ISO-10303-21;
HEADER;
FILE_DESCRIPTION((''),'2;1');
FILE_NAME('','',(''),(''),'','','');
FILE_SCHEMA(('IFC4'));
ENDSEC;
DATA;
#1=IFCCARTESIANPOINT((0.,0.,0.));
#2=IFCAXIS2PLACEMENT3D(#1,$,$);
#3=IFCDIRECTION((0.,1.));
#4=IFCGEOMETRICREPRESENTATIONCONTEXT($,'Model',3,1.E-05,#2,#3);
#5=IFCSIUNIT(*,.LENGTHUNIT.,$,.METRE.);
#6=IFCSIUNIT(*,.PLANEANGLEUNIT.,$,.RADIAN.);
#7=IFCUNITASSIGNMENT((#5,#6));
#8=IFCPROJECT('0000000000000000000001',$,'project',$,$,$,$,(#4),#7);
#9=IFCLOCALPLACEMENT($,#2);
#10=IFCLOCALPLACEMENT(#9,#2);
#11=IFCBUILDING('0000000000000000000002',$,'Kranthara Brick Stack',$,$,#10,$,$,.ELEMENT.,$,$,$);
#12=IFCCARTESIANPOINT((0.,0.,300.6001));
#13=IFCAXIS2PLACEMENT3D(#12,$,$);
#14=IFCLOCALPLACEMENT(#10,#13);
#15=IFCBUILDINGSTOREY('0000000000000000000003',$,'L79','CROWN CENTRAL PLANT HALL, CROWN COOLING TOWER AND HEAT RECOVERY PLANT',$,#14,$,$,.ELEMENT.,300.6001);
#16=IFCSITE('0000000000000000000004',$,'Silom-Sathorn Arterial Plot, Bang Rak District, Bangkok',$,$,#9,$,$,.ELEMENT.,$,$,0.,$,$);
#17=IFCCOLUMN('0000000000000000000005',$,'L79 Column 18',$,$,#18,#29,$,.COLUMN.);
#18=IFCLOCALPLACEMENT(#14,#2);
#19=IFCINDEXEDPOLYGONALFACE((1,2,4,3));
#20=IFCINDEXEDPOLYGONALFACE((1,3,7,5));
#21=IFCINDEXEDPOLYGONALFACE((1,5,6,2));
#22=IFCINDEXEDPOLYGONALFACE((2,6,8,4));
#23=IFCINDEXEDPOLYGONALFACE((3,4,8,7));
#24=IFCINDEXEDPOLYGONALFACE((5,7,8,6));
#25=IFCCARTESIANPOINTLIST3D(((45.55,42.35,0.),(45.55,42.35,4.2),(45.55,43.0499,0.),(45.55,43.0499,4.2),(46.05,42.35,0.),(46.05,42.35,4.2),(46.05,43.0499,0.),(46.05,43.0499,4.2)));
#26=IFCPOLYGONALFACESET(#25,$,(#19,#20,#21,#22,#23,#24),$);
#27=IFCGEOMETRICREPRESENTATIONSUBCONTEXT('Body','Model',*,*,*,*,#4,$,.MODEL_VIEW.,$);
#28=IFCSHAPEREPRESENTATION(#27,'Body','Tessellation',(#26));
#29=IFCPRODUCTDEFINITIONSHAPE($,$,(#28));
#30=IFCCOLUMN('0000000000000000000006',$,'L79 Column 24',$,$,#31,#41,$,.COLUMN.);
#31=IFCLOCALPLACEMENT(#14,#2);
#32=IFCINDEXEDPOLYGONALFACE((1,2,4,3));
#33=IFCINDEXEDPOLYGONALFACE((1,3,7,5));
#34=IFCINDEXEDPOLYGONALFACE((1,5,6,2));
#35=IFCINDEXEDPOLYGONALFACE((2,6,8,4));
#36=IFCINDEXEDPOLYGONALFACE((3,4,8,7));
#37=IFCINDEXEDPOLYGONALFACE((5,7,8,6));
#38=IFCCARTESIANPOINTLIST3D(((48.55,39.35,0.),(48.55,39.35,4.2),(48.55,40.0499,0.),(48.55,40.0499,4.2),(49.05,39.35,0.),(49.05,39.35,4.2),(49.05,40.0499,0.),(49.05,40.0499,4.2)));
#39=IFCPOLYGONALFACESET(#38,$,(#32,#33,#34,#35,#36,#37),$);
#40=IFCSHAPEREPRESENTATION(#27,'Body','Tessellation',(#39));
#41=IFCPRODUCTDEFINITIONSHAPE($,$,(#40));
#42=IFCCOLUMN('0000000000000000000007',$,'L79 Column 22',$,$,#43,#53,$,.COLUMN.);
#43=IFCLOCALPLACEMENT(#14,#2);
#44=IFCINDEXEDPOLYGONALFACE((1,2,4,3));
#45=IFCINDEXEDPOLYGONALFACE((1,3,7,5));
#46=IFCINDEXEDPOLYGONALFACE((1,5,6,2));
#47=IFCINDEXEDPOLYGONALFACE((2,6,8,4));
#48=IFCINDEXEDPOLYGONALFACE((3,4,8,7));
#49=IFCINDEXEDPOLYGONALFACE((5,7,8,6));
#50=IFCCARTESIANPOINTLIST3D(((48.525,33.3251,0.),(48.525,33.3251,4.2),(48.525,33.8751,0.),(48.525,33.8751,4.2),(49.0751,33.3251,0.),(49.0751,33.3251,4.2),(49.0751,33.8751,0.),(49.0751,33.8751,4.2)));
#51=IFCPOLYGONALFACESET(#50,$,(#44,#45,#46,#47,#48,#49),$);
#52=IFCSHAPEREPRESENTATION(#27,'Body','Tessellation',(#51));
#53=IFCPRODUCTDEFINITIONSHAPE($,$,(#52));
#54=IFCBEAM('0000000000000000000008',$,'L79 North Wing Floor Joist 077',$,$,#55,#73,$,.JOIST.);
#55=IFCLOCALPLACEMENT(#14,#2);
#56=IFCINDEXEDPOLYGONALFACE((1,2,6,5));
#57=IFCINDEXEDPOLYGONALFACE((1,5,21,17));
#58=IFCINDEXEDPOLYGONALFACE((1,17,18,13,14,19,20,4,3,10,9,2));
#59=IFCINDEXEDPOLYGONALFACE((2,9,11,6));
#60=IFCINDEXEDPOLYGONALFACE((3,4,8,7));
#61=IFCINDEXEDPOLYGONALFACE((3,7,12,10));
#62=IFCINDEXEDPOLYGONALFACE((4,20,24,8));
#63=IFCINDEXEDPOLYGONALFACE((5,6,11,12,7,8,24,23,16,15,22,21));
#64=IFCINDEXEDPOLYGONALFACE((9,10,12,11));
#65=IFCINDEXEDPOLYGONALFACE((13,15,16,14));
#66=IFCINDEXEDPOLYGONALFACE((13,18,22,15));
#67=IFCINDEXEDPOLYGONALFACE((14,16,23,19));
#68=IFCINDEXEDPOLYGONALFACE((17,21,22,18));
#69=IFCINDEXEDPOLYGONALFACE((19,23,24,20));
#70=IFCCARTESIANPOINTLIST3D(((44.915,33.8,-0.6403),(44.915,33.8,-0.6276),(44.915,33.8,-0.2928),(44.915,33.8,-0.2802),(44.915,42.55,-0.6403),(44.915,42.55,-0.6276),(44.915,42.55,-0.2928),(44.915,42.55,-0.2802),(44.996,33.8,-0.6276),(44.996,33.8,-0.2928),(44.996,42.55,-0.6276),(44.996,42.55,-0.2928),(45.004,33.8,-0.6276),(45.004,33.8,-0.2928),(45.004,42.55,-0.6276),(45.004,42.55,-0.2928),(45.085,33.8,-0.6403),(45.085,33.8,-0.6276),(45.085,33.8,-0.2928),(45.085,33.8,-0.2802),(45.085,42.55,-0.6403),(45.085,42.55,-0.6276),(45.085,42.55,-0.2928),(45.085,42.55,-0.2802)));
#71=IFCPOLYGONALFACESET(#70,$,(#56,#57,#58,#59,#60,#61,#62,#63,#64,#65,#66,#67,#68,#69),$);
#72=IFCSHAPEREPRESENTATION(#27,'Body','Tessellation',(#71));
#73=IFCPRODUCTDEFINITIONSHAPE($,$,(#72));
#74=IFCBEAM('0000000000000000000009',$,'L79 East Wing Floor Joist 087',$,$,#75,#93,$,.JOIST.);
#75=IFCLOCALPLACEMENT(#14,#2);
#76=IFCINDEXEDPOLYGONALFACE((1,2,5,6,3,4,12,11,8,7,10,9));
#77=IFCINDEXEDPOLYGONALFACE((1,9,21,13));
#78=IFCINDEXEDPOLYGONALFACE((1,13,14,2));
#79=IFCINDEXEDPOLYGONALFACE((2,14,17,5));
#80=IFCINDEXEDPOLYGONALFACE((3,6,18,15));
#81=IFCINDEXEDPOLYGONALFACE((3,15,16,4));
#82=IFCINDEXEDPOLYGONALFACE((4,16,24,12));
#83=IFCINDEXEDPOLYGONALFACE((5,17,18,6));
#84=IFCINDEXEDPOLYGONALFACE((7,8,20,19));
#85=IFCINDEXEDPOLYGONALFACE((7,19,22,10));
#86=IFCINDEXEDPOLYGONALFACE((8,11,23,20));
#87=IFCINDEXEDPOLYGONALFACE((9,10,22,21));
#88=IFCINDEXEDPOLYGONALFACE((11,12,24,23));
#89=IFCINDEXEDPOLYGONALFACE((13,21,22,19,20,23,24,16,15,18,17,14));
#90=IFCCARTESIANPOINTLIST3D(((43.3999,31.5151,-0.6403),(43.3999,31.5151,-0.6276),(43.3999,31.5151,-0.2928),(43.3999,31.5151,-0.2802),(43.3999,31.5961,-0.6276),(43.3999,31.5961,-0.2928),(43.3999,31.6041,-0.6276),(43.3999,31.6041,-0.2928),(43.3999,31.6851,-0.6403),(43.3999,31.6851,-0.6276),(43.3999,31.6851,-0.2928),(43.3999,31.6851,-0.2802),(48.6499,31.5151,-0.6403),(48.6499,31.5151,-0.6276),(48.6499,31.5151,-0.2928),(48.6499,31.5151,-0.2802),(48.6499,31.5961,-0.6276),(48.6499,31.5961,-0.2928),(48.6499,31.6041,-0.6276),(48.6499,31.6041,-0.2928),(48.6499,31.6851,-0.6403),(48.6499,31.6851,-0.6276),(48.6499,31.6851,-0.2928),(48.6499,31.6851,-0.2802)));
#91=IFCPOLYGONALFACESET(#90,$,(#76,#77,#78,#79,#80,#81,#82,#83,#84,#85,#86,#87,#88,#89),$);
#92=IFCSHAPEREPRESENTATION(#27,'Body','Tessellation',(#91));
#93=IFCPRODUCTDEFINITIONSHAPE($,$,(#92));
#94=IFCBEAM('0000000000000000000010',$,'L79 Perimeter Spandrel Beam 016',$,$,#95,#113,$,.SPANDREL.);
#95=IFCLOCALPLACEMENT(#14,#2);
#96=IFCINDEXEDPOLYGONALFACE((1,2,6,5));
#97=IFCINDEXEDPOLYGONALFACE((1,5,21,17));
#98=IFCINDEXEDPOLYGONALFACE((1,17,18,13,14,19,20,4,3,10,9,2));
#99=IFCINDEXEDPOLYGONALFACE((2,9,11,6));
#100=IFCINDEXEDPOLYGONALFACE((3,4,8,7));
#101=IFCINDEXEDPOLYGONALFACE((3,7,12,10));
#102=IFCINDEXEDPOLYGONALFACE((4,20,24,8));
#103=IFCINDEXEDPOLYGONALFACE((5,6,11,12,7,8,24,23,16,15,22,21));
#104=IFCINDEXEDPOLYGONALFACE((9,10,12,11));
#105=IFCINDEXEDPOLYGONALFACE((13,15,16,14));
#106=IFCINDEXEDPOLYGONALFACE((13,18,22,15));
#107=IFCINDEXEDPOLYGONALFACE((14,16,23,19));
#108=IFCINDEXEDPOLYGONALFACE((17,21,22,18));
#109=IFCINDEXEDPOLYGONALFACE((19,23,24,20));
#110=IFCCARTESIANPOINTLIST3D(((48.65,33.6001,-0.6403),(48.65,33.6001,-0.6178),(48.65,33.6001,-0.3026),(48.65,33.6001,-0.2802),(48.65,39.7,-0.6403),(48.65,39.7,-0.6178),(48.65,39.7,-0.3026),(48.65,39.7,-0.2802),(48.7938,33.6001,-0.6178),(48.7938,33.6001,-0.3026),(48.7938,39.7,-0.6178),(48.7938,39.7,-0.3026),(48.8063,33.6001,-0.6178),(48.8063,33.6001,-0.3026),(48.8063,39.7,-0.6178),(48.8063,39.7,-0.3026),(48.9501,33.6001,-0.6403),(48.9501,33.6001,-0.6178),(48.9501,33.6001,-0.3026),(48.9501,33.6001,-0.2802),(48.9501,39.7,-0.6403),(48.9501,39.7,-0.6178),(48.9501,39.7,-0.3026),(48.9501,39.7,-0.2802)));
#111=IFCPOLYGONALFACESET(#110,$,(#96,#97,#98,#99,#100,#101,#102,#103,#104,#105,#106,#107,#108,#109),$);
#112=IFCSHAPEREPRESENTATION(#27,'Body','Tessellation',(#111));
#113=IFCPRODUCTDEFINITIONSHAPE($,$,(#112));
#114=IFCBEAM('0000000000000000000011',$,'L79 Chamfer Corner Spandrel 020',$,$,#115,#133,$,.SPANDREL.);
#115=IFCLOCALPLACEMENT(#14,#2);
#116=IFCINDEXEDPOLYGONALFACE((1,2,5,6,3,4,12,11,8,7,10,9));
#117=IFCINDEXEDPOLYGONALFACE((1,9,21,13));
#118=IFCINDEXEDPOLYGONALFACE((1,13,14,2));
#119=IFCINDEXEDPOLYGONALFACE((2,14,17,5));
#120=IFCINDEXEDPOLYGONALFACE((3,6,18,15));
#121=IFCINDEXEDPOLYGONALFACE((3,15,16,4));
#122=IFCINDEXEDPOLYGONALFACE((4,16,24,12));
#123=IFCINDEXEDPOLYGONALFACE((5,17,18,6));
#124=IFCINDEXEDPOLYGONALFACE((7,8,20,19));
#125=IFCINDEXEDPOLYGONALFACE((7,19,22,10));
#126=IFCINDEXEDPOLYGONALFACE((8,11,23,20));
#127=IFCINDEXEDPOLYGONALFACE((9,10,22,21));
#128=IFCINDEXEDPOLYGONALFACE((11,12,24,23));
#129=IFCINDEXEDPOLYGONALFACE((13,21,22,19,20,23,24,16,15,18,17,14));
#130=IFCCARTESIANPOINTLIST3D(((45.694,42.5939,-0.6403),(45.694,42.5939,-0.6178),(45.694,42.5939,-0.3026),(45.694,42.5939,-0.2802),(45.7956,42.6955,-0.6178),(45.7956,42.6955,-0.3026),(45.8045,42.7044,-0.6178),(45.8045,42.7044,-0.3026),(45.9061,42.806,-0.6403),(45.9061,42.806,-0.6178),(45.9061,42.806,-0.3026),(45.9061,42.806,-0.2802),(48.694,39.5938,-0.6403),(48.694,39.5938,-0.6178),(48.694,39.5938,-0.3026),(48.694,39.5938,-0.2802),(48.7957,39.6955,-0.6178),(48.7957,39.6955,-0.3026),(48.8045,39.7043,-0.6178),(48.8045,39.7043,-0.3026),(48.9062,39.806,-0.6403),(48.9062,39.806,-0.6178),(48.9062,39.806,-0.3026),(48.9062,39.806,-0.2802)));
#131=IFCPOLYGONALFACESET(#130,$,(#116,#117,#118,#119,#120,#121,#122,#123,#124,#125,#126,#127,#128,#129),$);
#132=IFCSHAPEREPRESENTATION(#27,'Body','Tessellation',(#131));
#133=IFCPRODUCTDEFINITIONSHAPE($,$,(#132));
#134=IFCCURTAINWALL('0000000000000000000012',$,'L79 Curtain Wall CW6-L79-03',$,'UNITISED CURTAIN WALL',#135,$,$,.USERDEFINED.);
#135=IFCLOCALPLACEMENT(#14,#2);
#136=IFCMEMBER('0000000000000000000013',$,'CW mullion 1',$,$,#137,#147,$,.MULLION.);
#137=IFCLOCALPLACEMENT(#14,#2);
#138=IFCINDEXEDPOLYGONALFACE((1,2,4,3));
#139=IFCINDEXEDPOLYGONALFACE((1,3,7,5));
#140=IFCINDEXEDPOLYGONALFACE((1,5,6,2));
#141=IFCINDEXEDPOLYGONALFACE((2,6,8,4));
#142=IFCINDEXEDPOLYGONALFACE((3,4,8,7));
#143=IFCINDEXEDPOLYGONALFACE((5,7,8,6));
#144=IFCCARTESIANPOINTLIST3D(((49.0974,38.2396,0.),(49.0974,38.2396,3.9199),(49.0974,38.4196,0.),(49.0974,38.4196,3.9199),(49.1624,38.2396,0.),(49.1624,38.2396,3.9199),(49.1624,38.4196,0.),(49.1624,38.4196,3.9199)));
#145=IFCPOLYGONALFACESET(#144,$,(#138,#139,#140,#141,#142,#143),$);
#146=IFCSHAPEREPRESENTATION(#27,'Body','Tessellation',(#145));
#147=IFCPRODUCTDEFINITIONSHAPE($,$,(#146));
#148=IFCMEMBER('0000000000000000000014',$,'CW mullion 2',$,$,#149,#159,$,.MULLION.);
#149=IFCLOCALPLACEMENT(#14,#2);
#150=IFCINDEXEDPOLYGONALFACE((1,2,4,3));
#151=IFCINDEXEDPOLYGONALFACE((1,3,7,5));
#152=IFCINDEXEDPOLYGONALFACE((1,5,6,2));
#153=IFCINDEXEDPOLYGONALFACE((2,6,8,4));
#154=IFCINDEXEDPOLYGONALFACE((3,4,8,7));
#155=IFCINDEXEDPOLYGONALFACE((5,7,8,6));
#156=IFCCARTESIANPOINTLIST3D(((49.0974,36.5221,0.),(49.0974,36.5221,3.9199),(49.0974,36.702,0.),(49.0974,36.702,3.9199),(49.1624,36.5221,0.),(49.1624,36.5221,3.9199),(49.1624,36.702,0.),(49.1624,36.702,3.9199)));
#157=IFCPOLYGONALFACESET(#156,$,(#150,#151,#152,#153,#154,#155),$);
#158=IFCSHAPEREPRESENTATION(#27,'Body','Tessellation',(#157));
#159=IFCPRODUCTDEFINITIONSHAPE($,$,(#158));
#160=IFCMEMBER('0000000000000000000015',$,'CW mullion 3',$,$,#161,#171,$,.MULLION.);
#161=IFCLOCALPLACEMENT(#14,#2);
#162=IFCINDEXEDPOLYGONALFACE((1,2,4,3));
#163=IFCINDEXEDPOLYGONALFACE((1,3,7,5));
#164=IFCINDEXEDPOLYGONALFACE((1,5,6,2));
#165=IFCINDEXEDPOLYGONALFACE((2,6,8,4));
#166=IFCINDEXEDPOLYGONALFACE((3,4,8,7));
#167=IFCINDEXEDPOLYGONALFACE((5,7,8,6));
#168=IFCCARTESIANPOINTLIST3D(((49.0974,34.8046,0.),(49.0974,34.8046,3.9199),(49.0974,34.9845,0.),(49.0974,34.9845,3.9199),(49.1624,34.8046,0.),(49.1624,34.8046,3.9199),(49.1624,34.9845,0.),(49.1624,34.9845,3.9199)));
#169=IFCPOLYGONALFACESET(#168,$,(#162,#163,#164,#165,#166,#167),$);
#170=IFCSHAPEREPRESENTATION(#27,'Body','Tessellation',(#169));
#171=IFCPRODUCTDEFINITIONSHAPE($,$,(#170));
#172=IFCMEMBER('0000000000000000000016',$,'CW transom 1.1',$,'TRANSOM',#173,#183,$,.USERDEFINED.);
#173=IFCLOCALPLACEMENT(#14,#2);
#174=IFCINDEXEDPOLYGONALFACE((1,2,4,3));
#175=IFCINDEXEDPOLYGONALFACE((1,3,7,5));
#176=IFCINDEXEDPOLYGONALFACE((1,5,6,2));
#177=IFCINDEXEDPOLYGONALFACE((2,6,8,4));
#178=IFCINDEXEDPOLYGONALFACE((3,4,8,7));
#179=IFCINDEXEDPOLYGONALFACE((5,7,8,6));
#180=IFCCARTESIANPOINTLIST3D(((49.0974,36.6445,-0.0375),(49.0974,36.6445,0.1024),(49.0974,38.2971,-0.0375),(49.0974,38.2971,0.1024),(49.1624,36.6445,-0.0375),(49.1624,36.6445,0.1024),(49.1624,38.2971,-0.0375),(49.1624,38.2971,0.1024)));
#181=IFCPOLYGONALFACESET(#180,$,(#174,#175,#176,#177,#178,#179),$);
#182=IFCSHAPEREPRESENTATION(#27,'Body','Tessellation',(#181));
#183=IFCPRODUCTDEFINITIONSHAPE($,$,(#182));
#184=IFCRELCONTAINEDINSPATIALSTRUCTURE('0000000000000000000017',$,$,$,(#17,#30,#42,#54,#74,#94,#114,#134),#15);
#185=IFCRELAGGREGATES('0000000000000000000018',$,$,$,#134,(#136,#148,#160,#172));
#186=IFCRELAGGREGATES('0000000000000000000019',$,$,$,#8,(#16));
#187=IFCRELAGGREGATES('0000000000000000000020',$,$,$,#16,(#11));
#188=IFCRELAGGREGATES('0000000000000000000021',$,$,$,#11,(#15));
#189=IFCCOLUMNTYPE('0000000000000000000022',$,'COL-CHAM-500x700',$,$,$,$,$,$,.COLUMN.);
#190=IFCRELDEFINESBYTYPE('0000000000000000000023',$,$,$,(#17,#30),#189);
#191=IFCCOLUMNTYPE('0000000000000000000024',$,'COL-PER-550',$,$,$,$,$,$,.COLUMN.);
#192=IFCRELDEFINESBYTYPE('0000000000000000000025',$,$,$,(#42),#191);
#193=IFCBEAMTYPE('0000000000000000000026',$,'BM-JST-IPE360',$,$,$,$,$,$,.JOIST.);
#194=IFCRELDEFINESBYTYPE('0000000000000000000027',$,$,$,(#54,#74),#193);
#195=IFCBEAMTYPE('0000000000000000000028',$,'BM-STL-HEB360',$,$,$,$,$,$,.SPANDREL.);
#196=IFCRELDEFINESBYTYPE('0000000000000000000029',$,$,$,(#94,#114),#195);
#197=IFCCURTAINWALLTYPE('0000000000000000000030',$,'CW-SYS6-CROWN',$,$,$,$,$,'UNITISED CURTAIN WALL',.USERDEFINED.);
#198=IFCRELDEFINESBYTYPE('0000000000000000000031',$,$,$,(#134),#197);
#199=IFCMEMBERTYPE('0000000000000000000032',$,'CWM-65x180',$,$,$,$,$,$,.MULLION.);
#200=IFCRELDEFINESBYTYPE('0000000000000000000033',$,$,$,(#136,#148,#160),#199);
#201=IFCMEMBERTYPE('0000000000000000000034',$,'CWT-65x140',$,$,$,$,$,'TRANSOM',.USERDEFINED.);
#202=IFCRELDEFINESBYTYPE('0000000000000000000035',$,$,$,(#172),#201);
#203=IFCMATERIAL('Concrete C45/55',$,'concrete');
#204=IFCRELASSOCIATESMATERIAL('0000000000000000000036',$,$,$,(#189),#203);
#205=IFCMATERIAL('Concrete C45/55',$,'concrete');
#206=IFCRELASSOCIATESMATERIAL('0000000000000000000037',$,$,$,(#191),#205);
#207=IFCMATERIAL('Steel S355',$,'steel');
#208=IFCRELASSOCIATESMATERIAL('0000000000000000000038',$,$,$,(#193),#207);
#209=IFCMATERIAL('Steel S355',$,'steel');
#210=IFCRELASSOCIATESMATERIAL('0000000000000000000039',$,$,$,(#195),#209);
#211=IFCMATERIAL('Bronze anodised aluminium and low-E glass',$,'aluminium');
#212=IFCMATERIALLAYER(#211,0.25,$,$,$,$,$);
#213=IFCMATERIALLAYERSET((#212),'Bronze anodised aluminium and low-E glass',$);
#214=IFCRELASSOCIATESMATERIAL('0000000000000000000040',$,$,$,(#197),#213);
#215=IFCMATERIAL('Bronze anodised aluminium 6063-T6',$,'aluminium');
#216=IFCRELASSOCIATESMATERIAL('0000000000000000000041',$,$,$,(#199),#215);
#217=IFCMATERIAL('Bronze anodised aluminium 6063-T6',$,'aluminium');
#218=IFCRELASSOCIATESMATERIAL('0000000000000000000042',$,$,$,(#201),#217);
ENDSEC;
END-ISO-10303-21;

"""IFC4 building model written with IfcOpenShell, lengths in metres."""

from ifc_helpers import new_model, si_unit, direction, frame, origin, origin_2d, place, context, subcontext, project, spatial, rectangle, i_section, extrude, material, layer, layer_set, material_profile, profile_set, type_object, element, aggregate, save


model = new_model("IFC4")

# Units and contexts
model_context = context("Model", 3, precision=1e-05, world=origin(), true_north=direction((0.0, 1.0)))
body_context = subcontext(model_context, "Body", "Model", "MODEL_VIEW")
ifc_project = project(units=[si_unit("LENGTHUNIT", "METRE"), si_unit("PLANEANGLEUNIT", "RADIAN")], contexts=[model_context])

# Site, building, storey
site_placement = place(None, origin())
site = spatial("IfcSite", under=ifc_project, at=site_placement, Name="Silom-Sathorn Arterial Plot, Bang Rak District, Bangkok", CompositionType="ELEMENT", RefElevation=0.0)
building_placement = place(site_placement, origin())
building = spatial("IfcBuilding", under=site, at=building_placement, Name="Kranthara Brick Stack", CompositionType="ELEMENT")
storey_placement = place(building_placement, frame((0.0, 0.0, 300.6001)))
storey = spatial("IfcBuildingStorey", under=building, at=storey_placement, Name="L79", Description="CROWN CENTRAL PLANT HALL, CROWN COOLING TOWER AND HEAT RECOVERY PLANT", CompositionType="ELEMENT", Elevation=300.6001)

# Columns
ifc_material_1 = material(Name="Concrete C45/55", Category="concrete")
ifc_material_profile_1 = material_profile(ifc_material_1, rectangle(XDim=0.5, YDim=0.7, at=origin_2d()), Name="RC 500x700")
ifc_profile_set_1 = profile_set([ifc_material_profile_1], Name="Concrete C45/55")
column_type_1 = type_object("IfcColumnType", Name="COL-CHAM-500x700", PredefinedType="COLUMN", material=ifc_profile_set_1)
for number, where, z_axis, x_axis, name in (
    (1, (45.8, 42.7, 0.0), (0.0, 0.0, 1.0), (1.0, 0.0, 0.0), "L79 Column 18"),
    (2, (48.8, 39.7, 0.0), (0.0, 0.0, 1.0), (1.0, 0.0, 0.0), "L79 Column 24"),
):
    element("IfcColumn", number, at=place(storey_placement, frame(where, z_axis=z_axis, x_axis=x_axis)), inside=storey, type_object=column_type_1, Name=name, PredefinedType="COLUMN", context=body_context, shape_type="SweptSolid", body=[
        extrude(rectangle(XDim=0.5, YDim=0.7, at=origin_2d()), origin(), (0.0, 0.0, 1.0), 4.2),
    ])
ifc_material_2 = material(Name="Concrete C45/55", Category="concrete")
ifc_material_profile_2 = material_profile(ifc_material_2, rectangle(XDim=0.55, YDim=0.55, at=origin_2d()), Name="RC 550x550")
ifc_profile_set_2 = profile_set([ifc_material_profile_2], Name="Concrete C45/55")
column_type_2 = type_object("IfcColumnType", Name="COL-PER-550", PredefinedType="COLUMN", material=ifc_profile_set_2)
column_placement = place(storey_placement, frame((48.8, 33.6001, 0.0), z_axis=(0.0, 0.0, 1.0), x_axis=(1.0, 0.0, 0.0)))
element("IfcColumn", 3, at=column_placement, inside=storey, type_object=column_type_2, Name="L79 Column 22", PredefinedType="COLUMN", context=body_context, shape_type="SweptSolid", body=[
    extrude(rectangle(XDim=0.55, YDim=0.55, at=origin_2d()), origin(), (0.0, 0.0, 1.0), 4.2),
])

# Beams
ifc_material_3 = material(Name="Steel S355", Category="steel")
ifc_material_profile_3 = material_profile(ifc_material_3, i_section(OverallWidth=0.1699, OverallDepth=0.3601, WebThickness=0.0081, FlangeThickness=0.0127, at=origin_2d()), Name="IPE 360")
ifc_profile_set_3 = profile_set([ifc_material_profile_3], Name="Steel S355")
beam_type_1 = type_object("IfcBeamType", Name="BM-JST-IPE360", PredefinedType="JOIST", material=ifc_profile_set_3)
beam_1_placement = place(storey_placement, frame((45.0, 33.8, -0.4602), z_axis=(0.0, 1.0, 0.0), x_axis=(-1.0, 0.0, 0.0)))
element("IfcBeam", 4, at=beam_1_placement, inside=storey, type_object=beam_type_1, Name="L79 North Wing Floor Joist 077", PredefinedType="JOIST", context=body_context, shape_type="SweptSolid", body=[
    extrude(i_section(OverallWidth=0.1699, OverallDepth=0.3601, WebThickness=0.0081, FlangeThickness=0.0127, at=origin_2d()), origin(), (0.0, 0.0, 1.0), 8.75),
])
beam_2_placement = place(storey_placement, frame((43.3999, 31.6001, -0.4602), z_axis=(1.0, 0.0, 0.0), x_axis=(0.0, 1.0, 0.0)))
element("IfcBeam", 5, at=beam_2_placement, inside=storey, type_object=beam_type_1, Name="L79 East Wing Floor Joist 087", PredefinedType="JOIST", context=body_context, shape_type="SweptSolid", body=[
    extrude(i_section(OverallWidth=0.1699, OverallDepth=0.3601, WebThickness=0.0081, FlangeThickness=0.0127, at=origin_2d()), origin(), (0.0, 0.0, 1.0), 5.25),
])
ifc_material_4 = material(Name="Steel S355", Category="steel")
ifc_material_profile_4 = material_profile(ifc_material_4, i_section(OverallWidth=0.3, OverallDepth=0.3601, WebThickness=0.0125, FlangeThickness=0.0225, at=origin_2d()), Name="HEB 360")
ifc_profile_set_4 = profile_set([ifc_material_profile_4], Name="Steel S355")
beam_type_2 = type_object("IfcBeamType", Name="BM-STL-HEB360", PredefinedType="SPANDREL", material=ifc_profile_set_4)
beam_3_placement = place(storey_placement, frame((48.8, 33.6001, -0.4602), z_axis=(0.0, 1.0, 0.0), x_axis=(-1.0, 0.0, 0.0)))
element("IfcBeam", 6, at=beam_3_placement, inside=storey, type_object=beam_type_2, Name="L79 Perimeter Spandrel Beam 016", PredefinedType="SPANDREL", context=body_context, shape_type="SweptSolid", body=[
    extrude(i_section(OverallWidth=0.3, OverallDepth=0.3601, WebThickness=0.0125, FlangeThickness=0.0225, at=origin_2d()), origin(), (0.0, 0.0, 1.0), 6.0999),
])
beam_4_placement = place(storey_placement, frame((45.8, 42.7, -0.4602), z_axis=(0.707107, -0.707107, 0.0), x_axis=(0.707107, 0.707107, 0.0)))
element("IfcBeam", 7, at=beam_4_placement, inside=storey, type_object=beam_type_2, Name="L79 Chamfer Corner Spandrel 020", PredefinedType="SPANDREL", context=body_context, shape_type="SweptSolid", body=[
    extrude(i_section(OverallWidth=0.3, OverallDepth=0.3601, WebThickness=0.0125, FlangeThickness=0.0225, at=origin_2d()), origin(), (0.0, 0.0, 1.0), 4.2427),
])

# Curtain wall, members
ifc_material_5 = material(Name="Bronze anodised aluminium and low-E glass", Category="aluminium")
ifc_layer_1 = layer(ifc_material_5, 0.25)
ifc_layer_set_1 = layer_set([ifc_layer_1], Name="Bronze anodised aluminium and low-E glass")
curtain_wall_type = type_object("IfcCurtainWallType", Name="CW-SYS6-CROWN", ElementType="UNITISED CURTAIN WALL", PredefinedType="USERDEFINED", material=ifc_layer_set_1)
curtain_wall_placement = place(storey_placement, origin())
curtain_wall = element("IfcCurtainWall", 8, at=curtain_wall_placement, inside=storey, type_object=curtain_wall_type, Name="L79 Curtain Wall CW6-L79-03", ObjectType="UNITISED CURTAIN WALL", PredefinedType="USERDEFINED")
ifc_material_6 = material(Name="Bronze anodised aluminium 6063-T6", Category="aluminium")
ifc_material_profile_5 = material_profile(ifc_material_6, rectangle(XDim=0.0649, YDim=0.1799, at=origin_2d()), Name="ALU MULLION 65x180")
ifc_profile_set_5 = profile_set([ifc_material_profile_5], Name="Bronze anodised aluminium 6063-T6")
member_type_1 = type_object("IfcMemberType", Name="CWM-65x180", PredefinedType="MULLION", material=ifc_profile_set_5)
member_1_placement = place(storey_placement, frame((49.1299, 38.3296, 0.0), z_axis=(0.0, 0.0, 1.0), x_axis=(1.0, 0.0, 0.0)))
member_1 = element("IfcMember", 9, at=member_1_placement, type_object=member_type_1, Name="CW mullion 1", PredefinedType="MULLION", context=body_context, shape_type="SweptSolid", body=[
    extrude(rectangle(XDim=0.0649, YDim=0.1799, at=origin_2d()), origin(), (0.0, 0.0, 1.0), 3.9199),
])
member_2_placement = place(storey_placement, frame((49.1299, 36.6121, 0.0), z_axis=(0.0, 0.0, 1.0), x_axis=(1.0, 0.0, 0.0)))
member_2 = element("IfcMember", 10, at=member_2_placement, type_object=member_type_1, Name="CW mullion 2", PredefinedType="MULLION", context=body_context, shape_type="SweptSolid", body=[
    extrude(rectangle(XDim=0.0649, YDim=0.1799, at=origin_2d()), origin(), (0.0, 0.0, 1.0), 3.9199),
])
member_3_placement = place(storey_placement, frame((49.1299, 34.8945, 0.0), z_axis=(0.0, 0.0, 1.0), x_axis=(1.0, 0.0, 0.0)))
member_3 = element("IfcMember", 11, at=member_3_placement, type_object=member_type_1, Name="CW mullion 3", PredefinedType="MULLION", context=body_context, shape_type="SweptSolid", body=[
    extrude(rectangle(XDim=0.0649, YDim=0.1799, at=origin_2d()), origin(), (0.0, 0.0, 1.0), 3.9199),
])
ifc_material_7 = material(Name="Bronze anodised aluminium 6063-T6", Category="aluminium")
ifc_material_profile_6 = material_profile(ifc_material_7, rectangle(XDim=0.0649, YDim=0.1399, at=origin_2d()), Name="ALU TRANSOM 65x140")
ifc_profile_set_6 = profile_set([ifc_material_profile_6], Name="Bronze anodised aluminium 6063-T6")
member_type_2 = type_object("IfcMemberType", Name="CWT-65x140", ElementType="TRANSOM", PredefinedType="USERDEFINED", material=ifc_profile_set_6)
member_4_placement = place(storey_placement, frame((49.1299, 38.2971, 0.0325), z_axis=(0.0, -1.0, 0.0), x_axis=(1.0, 0.0, 0.0)))
member_4 = element("IfcMember", 12, at=member_4_placement, type_object=member_type_2, Name="CW transom 1.1", ObjectType="TRANSOM", PredefinedType="USERDEFINED", context=body_context, shape_type="SweptSolid", body=[
    extrude(rectangle(XDim=0.0649, YDim=0.1399, at=origin_2d()), origin(), (0.0, 0.0, 1.0), 1.6526),
])
aggregate(curtain_wall, [member_1, member_2, member_3, member_4])

save(model, "model.ifc")
